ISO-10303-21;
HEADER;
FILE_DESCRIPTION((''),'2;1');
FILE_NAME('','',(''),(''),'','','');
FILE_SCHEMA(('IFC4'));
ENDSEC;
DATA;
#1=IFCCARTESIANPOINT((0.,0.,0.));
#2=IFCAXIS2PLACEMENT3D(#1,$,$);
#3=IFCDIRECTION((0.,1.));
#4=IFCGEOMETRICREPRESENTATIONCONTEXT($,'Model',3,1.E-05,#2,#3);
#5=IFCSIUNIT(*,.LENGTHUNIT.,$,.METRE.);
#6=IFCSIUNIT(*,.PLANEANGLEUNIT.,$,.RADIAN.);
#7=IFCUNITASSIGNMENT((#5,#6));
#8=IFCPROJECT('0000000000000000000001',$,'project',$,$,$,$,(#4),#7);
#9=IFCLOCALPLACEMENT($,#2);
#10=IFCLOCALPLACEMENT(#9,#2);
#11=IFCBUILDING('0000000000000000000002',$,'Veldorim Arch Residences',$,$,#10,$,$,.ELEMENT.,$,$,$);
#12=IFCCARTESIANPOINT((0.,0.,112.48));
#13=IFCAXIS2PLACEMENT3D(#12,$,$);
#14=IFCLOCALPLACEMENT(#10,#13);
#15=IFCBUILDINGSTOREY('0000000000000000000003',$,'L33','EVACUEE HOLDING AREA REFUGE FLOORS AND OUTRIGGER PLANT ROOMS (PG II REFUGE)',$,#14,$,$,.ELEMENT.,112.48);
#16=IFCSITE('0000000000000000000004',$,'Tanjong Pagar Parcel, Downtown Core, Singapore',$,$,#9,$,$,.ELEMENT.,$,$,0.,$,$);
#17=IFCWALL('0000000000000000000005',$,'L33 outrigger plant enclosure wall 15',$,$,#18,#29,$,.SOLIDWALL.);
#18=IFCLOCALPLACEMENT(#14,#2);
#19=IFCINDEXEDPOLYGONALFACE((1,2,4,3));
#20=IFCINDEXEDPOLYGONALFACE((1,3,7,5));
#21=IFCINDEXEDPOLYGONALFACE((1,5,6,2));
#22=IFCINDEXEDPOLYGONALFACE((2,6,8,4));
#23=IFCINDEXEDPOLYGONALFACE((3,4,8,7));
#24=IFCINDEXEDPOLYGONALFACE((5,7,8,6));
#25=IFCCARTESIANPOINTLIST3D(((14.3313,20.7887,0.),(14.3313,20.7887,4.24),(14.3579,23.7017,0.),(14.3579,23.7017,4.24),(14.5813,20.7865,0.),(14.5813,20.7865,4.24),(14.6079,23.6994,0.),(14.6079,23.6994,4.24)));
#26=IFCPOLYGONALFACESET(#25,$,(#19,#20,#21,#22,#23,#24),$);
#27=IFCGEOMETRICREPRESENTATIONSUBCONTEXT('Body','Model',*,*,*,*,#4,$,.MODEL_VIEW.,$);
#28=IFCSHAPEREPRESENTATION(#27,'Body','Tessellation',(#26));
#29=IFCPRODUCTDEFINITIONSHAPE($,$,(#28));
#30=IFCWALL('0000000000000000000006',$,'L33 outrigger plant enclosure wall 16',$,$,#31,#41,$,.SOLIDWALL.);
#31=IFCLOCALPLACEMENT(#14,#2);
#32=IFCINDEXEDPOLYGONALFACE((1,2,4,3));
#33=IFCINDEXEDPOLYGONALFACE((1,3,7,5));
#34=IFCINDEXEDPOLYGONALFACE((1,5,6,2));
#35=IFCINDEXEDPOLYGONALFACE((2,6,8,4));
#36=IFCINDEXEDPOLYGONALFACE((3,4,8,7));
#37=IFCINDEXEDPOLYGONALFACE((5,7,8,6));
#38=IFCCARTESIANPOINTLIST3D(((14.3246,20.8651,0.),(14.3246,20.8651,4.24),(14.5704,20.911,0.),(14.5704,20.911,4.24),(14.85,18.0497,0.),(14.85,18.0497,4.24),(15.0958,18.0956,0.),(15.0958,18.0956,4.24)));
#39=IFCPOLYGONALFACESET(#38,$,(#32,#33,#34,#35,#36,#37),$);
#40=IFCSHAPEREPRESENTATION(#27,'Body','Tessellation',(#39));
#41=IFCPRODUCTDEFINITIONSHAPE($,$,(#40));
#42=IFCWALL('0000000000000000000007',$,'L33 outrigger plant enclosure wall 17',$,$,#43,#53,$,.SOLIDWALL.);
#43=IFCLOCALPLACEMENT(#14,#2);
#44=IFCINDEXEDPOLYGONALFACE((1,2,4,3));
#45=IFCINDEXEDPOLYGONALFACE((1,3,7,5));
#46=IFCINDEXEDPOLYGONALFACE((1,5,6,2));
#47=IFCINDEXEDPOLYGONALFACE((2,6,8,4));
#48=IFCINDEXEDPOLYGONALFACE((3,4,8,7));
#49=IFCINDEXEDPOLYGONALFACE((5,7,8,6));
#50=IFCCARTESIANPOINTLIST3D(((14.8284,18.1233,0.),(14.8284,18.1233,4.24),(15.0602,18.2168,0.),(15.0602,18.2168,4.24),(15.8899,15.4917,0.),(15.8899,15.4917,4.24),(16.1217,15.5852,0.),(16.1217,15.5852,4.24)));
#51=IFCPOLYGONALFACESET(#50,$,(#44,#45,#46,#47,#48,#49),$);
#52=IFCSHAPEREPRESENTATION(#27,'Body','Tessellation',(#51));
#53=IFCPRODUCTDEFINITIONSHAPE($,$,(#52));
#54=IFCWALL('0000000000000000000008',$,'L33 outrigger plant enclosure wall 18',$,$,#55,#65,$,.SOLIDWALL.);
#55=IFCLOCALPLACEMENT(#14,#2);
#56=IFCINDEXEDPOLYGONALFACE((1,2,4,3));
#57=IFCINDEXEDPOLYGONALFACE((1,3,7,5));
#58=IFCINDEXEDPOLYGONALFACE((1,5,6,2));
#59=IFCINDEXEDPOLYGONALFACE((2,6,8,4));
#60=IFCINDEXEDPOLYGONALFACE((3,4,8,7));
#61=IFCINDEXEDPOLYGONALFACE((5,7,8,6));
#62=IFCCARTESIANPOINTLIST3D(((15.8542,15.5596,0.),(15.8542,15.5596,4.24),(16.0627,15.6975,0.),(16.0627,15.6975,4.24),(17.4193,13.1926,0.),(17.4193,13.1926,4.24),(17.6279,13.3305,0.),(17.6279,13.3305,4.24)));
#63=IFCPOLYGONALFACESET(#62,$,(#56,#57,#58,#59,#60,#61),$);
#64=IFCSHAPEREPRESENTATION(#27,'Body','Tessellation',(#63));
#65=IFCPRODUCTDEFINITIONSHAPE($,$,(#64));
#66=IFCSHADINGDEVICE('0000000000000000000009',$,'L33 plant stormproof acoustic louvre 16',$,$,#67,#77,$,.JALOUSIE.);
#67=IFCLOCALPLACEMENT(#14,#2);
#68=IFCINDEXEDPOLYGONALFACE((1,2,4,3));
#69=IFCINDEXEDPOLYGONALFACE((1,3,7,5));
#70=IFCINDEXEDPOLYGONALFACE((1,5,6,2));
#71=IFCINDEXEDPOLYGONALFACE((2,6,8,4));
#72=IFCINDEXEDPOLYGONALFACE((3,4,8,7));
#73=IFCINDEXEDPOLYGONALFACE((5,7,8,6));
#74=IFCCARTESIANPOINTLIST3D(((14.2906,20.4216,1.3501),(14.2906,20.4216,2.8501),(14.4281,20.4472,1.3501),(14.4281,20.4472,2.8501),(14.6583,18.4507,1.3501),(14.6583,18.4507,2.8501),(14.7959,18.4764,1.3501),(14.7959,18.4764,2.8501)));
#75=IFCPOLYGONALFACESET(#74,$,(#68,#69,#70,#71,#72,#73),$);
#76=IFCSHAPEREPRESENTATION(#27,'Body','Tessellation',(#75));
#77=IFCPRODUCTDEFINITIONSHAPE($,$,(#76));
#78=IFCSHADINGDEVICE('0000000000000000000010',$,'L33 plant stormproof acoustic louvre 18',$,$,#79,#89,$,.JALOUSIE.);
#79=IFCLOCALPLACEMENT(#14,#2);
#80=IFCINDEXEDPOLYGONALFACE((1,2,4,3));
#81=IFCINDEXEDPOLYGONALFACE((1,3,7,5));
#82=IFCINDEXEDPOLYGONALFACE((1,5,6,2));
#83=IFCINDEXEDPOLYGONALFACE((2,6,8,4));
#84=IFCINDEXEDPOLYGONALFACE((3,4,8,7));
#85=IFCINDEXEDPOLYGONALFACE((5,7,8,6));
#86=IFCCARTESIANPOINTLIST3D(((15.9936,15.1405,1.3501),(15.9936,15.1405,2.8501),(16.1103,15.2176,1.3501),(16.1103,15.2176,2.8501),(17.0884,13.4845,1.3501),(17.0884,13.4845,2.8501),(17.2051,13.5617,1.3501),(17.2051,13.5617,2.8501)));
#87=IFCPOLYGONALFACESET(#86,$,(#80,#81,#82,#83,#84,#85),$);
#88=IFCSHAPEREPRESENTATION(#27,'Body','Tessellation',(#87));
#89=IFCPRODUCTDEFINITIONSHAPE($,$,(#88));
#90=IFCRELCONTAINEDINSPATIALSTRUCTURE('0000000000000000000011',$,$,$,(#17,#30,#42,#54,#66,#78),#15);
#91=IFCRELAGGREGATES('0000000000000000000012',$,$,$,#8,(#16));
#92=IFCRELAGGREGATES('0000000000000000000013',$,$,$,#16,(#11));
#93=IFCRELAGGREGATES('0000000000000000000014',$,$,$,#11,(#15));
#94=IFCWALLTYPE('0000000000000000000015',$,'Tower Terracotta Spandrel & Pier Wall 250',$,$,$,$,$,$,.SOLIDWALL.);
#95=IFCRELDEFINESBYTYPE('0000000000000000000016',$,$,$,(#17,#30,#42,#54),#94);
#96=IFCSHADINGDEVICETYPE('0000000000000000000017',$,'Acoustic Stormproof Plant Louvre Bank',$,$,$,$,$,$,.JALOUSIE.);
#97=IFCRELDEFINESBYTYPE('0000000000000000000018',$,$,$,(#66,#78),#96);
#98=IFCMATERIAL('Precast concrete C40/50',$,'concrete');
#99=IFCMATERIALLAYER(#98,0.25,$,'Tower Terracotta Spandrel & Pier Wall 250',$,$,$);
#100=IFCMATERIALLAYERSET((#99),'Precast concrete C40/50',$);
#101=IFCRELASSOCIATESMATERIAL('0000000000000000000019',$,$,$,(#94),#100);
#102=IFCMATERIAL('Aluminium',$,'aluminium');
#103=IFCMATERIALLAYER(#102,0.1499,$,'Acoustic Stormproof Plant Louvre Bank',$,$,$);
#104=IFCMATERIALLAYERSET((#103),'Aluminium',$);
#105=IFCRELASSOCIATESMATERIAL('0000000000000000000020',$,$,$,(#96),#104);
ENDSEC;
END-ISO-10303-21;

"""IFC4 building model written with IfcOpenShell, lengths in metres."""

from ifc_helpers import new_model, si_unit, direction, frame, frame_2d, origin, origin_2d, place, context, subcontext, project, spatial, rectangle, extrude, material, layer, layer_set, type_object, element, save


model = new_model("IFC4")

# Units and contexts
model_context = context("Model", 3, precision=1e-05, world=origin(), true_north=direction((0.0, 1.0)))
body_context = subcontext(model_context, "Body", "Model", "MODEL_VIEW")
ifc_project = project(units=[si_unit("LENGTHUNIT", "METRE"), si_unit("PLANEANGLEUNIT", "RADIAN")], contexts=[model_context])

# Site, building, storey
site_placement = place(None, origin())
site = spatial("IfcSite", under=ifc_project, at=site_placement, Name="Tanjong Pagar Parcel, Downtown Core, Singapore", CompositionType="ELEMENT", RefElevation=0.0)
building_placement = place(site_placement, origin())
building = spatial("IfcBuilding", under=site, at=building_placement, Name="Veldorim Arch Residences", CompositionType="ELEMENT")
storey_placement = place(building_placement, frame((0.0, 0.0, 112.48)))
storey = spatial("IfcBuildingStorey", under=building, at=storey_placement, Name="L33", Description="EVACUEE HOLDING AREA REFUGE FLOORS AND OUTRIGGER PLANT ROOMS (PG II REFUGE)", CompositionType="ELEMENT", Elevation=112.48)

# Walls
ifc_material_1 = material(Name="Precast concrete C40/50", Category="concrete")
ifc_layer_1 = layer(ifc_material_1, 0.25, Name="Tower Terracotta Spandrel & Pier Wall 250")
ifc_layer_set_1 = layer_set([ifc_layer_1], Name="Precast concrete C40/50")
wall_type = type_object("IfcWallType", Name="Tower Terracotta Spandrel & Pier Wall 250", PredefinedType="SOLIDWALL", material=ifc_layer_set_1)
wall_1_placement = place(storey_placement, frame((14.4563, 20.7876, 0.0), z_axis=(0.0, 0.0, 1.0), x_axis=(0.009135, 0.999958, 0.0)))
element("IfcWall", 1, at=wall_1_placement, inside=storey, type_object=wall_type, Name="L33 outrigger plant enclosure wall 15", PredefinedType="SOLIDWALL", context=body_context, shape_type="SweptSolid", body=[
    extrude(rectangle(XDim=2.9131, YDim=0.25, at=frame_2d((1.4565, 0.0))), origin(), (0.0, 0.0, 1.0), 4.24),
])
wall_2_placement = place(storey_placement, frame((14.9729, 18.0725, 0.0), z_axis=(0.0, 0.0, 1.0), x_axis=(-0.183444, 0.98303, 0.0)))
element("IfcWall", 2, at=wall_2_placement, inside=storey, type_object=wall_type, Name="L33 outrigger plant enclosure wall 16", PredefinedType="SOLIDWALL", context=body_context, shape_type="SweptSolid", body=[
    extrude(rectangle(XDim=2.864, YDim=0.25, at=frame_2d((1.4321, 0.0))), origin(), (0.0, 0.0, 1.0), 4.24),
])
for number, where, z_axis, x_axis, name in (
    (3, (16.0059, 15.5383, 0.0), (0.0, 0.0, 1.0), (-0.374089, 0.927393, 0.0), "L33 outrigger plant enclosure wall 17"),
    (4, (17.5237, 13.2615, 0.0), (0.0, 0.0, 1.0), (-0.551579, 0.834123, 0.0), "L33 outrigger plant enclosure wall 18"),
):
    element("IfcWall", number, at=place(storey_placement, frame(where, z_axis=z_axis, x_axis=x_axis)), inside=storey, type_object=wall_type, Name=name, PredefinedType="SOLIDWALL", context=body_context, shape_type="SweptSolid", body=[
        extrude(rectangle(XDim=2.8376, YDim=0.25, at=frame_2d((1.4189, 0.0))), origin(), (0.0, 0.0, 1.0), 4.24),
    ])

# Shading devices
ifc_material_2 = material(Name="Aluminium", Category="aluminium")
ifc_layer_2 = layer(ifc_material_2, 0.1499, Name="Acoustic Stormproof Plant Louvre Bank")
ifc_layer_set_2 = layer_set([ifc_layer_2], Name="Aluminium")
shading_device_type = type_object("IfcShadingDeviceType", Name="Acoustic Stormproof Plant Louvre Bank", PredefinedType="JALOUSIE", material=ifc_layer_set_2)
shading_device_1_placement = place(storey_placement, frame((14.5432, 19.449, 1.3501), z_axis=(0.0, 0.0, 1.0), x_axis=(-0.183437, 0.983032, 0.0)))
element("IfcShadingDevice", 5, at=shading_device_1_placement, inside=storey, type_object=shading_device_type, Name="L33 plant stormproof acoustic louvre 16", PredefinedType="JALOUSIE", context=body_context, shape_type="SweptSolid", body=[
    extrude(rectangle(XDim=2.0049, YDim=0.1399, at=origin_2d()), origin(), (0.0, 0.0, 1.0), 1.5),
])
shading_device_2_placement = place(storey_placement, frame((16.5994, 14.3511, 1.3501), z_axis=(0.0, 0.0, 1.0), x_axis=(-0.5515, 0.834175, 0.0)))
element("IfcShadingDevice", 6, at=shading_device_2_placement, inside=storey, type_object=shading_device_type, Name="L33 plant stormproof acoustic louvre 18", PredefinedType="JALOUSIE", context=body_context, shape_type="SweptSolid", body=[
    extrude(rectangle(XDim=1.9851, YDim=0.1399, at=origin_2d()), origin(), (0.0, 0.0, 1.0), 1.5),
])

save(model, "model.ifc")
